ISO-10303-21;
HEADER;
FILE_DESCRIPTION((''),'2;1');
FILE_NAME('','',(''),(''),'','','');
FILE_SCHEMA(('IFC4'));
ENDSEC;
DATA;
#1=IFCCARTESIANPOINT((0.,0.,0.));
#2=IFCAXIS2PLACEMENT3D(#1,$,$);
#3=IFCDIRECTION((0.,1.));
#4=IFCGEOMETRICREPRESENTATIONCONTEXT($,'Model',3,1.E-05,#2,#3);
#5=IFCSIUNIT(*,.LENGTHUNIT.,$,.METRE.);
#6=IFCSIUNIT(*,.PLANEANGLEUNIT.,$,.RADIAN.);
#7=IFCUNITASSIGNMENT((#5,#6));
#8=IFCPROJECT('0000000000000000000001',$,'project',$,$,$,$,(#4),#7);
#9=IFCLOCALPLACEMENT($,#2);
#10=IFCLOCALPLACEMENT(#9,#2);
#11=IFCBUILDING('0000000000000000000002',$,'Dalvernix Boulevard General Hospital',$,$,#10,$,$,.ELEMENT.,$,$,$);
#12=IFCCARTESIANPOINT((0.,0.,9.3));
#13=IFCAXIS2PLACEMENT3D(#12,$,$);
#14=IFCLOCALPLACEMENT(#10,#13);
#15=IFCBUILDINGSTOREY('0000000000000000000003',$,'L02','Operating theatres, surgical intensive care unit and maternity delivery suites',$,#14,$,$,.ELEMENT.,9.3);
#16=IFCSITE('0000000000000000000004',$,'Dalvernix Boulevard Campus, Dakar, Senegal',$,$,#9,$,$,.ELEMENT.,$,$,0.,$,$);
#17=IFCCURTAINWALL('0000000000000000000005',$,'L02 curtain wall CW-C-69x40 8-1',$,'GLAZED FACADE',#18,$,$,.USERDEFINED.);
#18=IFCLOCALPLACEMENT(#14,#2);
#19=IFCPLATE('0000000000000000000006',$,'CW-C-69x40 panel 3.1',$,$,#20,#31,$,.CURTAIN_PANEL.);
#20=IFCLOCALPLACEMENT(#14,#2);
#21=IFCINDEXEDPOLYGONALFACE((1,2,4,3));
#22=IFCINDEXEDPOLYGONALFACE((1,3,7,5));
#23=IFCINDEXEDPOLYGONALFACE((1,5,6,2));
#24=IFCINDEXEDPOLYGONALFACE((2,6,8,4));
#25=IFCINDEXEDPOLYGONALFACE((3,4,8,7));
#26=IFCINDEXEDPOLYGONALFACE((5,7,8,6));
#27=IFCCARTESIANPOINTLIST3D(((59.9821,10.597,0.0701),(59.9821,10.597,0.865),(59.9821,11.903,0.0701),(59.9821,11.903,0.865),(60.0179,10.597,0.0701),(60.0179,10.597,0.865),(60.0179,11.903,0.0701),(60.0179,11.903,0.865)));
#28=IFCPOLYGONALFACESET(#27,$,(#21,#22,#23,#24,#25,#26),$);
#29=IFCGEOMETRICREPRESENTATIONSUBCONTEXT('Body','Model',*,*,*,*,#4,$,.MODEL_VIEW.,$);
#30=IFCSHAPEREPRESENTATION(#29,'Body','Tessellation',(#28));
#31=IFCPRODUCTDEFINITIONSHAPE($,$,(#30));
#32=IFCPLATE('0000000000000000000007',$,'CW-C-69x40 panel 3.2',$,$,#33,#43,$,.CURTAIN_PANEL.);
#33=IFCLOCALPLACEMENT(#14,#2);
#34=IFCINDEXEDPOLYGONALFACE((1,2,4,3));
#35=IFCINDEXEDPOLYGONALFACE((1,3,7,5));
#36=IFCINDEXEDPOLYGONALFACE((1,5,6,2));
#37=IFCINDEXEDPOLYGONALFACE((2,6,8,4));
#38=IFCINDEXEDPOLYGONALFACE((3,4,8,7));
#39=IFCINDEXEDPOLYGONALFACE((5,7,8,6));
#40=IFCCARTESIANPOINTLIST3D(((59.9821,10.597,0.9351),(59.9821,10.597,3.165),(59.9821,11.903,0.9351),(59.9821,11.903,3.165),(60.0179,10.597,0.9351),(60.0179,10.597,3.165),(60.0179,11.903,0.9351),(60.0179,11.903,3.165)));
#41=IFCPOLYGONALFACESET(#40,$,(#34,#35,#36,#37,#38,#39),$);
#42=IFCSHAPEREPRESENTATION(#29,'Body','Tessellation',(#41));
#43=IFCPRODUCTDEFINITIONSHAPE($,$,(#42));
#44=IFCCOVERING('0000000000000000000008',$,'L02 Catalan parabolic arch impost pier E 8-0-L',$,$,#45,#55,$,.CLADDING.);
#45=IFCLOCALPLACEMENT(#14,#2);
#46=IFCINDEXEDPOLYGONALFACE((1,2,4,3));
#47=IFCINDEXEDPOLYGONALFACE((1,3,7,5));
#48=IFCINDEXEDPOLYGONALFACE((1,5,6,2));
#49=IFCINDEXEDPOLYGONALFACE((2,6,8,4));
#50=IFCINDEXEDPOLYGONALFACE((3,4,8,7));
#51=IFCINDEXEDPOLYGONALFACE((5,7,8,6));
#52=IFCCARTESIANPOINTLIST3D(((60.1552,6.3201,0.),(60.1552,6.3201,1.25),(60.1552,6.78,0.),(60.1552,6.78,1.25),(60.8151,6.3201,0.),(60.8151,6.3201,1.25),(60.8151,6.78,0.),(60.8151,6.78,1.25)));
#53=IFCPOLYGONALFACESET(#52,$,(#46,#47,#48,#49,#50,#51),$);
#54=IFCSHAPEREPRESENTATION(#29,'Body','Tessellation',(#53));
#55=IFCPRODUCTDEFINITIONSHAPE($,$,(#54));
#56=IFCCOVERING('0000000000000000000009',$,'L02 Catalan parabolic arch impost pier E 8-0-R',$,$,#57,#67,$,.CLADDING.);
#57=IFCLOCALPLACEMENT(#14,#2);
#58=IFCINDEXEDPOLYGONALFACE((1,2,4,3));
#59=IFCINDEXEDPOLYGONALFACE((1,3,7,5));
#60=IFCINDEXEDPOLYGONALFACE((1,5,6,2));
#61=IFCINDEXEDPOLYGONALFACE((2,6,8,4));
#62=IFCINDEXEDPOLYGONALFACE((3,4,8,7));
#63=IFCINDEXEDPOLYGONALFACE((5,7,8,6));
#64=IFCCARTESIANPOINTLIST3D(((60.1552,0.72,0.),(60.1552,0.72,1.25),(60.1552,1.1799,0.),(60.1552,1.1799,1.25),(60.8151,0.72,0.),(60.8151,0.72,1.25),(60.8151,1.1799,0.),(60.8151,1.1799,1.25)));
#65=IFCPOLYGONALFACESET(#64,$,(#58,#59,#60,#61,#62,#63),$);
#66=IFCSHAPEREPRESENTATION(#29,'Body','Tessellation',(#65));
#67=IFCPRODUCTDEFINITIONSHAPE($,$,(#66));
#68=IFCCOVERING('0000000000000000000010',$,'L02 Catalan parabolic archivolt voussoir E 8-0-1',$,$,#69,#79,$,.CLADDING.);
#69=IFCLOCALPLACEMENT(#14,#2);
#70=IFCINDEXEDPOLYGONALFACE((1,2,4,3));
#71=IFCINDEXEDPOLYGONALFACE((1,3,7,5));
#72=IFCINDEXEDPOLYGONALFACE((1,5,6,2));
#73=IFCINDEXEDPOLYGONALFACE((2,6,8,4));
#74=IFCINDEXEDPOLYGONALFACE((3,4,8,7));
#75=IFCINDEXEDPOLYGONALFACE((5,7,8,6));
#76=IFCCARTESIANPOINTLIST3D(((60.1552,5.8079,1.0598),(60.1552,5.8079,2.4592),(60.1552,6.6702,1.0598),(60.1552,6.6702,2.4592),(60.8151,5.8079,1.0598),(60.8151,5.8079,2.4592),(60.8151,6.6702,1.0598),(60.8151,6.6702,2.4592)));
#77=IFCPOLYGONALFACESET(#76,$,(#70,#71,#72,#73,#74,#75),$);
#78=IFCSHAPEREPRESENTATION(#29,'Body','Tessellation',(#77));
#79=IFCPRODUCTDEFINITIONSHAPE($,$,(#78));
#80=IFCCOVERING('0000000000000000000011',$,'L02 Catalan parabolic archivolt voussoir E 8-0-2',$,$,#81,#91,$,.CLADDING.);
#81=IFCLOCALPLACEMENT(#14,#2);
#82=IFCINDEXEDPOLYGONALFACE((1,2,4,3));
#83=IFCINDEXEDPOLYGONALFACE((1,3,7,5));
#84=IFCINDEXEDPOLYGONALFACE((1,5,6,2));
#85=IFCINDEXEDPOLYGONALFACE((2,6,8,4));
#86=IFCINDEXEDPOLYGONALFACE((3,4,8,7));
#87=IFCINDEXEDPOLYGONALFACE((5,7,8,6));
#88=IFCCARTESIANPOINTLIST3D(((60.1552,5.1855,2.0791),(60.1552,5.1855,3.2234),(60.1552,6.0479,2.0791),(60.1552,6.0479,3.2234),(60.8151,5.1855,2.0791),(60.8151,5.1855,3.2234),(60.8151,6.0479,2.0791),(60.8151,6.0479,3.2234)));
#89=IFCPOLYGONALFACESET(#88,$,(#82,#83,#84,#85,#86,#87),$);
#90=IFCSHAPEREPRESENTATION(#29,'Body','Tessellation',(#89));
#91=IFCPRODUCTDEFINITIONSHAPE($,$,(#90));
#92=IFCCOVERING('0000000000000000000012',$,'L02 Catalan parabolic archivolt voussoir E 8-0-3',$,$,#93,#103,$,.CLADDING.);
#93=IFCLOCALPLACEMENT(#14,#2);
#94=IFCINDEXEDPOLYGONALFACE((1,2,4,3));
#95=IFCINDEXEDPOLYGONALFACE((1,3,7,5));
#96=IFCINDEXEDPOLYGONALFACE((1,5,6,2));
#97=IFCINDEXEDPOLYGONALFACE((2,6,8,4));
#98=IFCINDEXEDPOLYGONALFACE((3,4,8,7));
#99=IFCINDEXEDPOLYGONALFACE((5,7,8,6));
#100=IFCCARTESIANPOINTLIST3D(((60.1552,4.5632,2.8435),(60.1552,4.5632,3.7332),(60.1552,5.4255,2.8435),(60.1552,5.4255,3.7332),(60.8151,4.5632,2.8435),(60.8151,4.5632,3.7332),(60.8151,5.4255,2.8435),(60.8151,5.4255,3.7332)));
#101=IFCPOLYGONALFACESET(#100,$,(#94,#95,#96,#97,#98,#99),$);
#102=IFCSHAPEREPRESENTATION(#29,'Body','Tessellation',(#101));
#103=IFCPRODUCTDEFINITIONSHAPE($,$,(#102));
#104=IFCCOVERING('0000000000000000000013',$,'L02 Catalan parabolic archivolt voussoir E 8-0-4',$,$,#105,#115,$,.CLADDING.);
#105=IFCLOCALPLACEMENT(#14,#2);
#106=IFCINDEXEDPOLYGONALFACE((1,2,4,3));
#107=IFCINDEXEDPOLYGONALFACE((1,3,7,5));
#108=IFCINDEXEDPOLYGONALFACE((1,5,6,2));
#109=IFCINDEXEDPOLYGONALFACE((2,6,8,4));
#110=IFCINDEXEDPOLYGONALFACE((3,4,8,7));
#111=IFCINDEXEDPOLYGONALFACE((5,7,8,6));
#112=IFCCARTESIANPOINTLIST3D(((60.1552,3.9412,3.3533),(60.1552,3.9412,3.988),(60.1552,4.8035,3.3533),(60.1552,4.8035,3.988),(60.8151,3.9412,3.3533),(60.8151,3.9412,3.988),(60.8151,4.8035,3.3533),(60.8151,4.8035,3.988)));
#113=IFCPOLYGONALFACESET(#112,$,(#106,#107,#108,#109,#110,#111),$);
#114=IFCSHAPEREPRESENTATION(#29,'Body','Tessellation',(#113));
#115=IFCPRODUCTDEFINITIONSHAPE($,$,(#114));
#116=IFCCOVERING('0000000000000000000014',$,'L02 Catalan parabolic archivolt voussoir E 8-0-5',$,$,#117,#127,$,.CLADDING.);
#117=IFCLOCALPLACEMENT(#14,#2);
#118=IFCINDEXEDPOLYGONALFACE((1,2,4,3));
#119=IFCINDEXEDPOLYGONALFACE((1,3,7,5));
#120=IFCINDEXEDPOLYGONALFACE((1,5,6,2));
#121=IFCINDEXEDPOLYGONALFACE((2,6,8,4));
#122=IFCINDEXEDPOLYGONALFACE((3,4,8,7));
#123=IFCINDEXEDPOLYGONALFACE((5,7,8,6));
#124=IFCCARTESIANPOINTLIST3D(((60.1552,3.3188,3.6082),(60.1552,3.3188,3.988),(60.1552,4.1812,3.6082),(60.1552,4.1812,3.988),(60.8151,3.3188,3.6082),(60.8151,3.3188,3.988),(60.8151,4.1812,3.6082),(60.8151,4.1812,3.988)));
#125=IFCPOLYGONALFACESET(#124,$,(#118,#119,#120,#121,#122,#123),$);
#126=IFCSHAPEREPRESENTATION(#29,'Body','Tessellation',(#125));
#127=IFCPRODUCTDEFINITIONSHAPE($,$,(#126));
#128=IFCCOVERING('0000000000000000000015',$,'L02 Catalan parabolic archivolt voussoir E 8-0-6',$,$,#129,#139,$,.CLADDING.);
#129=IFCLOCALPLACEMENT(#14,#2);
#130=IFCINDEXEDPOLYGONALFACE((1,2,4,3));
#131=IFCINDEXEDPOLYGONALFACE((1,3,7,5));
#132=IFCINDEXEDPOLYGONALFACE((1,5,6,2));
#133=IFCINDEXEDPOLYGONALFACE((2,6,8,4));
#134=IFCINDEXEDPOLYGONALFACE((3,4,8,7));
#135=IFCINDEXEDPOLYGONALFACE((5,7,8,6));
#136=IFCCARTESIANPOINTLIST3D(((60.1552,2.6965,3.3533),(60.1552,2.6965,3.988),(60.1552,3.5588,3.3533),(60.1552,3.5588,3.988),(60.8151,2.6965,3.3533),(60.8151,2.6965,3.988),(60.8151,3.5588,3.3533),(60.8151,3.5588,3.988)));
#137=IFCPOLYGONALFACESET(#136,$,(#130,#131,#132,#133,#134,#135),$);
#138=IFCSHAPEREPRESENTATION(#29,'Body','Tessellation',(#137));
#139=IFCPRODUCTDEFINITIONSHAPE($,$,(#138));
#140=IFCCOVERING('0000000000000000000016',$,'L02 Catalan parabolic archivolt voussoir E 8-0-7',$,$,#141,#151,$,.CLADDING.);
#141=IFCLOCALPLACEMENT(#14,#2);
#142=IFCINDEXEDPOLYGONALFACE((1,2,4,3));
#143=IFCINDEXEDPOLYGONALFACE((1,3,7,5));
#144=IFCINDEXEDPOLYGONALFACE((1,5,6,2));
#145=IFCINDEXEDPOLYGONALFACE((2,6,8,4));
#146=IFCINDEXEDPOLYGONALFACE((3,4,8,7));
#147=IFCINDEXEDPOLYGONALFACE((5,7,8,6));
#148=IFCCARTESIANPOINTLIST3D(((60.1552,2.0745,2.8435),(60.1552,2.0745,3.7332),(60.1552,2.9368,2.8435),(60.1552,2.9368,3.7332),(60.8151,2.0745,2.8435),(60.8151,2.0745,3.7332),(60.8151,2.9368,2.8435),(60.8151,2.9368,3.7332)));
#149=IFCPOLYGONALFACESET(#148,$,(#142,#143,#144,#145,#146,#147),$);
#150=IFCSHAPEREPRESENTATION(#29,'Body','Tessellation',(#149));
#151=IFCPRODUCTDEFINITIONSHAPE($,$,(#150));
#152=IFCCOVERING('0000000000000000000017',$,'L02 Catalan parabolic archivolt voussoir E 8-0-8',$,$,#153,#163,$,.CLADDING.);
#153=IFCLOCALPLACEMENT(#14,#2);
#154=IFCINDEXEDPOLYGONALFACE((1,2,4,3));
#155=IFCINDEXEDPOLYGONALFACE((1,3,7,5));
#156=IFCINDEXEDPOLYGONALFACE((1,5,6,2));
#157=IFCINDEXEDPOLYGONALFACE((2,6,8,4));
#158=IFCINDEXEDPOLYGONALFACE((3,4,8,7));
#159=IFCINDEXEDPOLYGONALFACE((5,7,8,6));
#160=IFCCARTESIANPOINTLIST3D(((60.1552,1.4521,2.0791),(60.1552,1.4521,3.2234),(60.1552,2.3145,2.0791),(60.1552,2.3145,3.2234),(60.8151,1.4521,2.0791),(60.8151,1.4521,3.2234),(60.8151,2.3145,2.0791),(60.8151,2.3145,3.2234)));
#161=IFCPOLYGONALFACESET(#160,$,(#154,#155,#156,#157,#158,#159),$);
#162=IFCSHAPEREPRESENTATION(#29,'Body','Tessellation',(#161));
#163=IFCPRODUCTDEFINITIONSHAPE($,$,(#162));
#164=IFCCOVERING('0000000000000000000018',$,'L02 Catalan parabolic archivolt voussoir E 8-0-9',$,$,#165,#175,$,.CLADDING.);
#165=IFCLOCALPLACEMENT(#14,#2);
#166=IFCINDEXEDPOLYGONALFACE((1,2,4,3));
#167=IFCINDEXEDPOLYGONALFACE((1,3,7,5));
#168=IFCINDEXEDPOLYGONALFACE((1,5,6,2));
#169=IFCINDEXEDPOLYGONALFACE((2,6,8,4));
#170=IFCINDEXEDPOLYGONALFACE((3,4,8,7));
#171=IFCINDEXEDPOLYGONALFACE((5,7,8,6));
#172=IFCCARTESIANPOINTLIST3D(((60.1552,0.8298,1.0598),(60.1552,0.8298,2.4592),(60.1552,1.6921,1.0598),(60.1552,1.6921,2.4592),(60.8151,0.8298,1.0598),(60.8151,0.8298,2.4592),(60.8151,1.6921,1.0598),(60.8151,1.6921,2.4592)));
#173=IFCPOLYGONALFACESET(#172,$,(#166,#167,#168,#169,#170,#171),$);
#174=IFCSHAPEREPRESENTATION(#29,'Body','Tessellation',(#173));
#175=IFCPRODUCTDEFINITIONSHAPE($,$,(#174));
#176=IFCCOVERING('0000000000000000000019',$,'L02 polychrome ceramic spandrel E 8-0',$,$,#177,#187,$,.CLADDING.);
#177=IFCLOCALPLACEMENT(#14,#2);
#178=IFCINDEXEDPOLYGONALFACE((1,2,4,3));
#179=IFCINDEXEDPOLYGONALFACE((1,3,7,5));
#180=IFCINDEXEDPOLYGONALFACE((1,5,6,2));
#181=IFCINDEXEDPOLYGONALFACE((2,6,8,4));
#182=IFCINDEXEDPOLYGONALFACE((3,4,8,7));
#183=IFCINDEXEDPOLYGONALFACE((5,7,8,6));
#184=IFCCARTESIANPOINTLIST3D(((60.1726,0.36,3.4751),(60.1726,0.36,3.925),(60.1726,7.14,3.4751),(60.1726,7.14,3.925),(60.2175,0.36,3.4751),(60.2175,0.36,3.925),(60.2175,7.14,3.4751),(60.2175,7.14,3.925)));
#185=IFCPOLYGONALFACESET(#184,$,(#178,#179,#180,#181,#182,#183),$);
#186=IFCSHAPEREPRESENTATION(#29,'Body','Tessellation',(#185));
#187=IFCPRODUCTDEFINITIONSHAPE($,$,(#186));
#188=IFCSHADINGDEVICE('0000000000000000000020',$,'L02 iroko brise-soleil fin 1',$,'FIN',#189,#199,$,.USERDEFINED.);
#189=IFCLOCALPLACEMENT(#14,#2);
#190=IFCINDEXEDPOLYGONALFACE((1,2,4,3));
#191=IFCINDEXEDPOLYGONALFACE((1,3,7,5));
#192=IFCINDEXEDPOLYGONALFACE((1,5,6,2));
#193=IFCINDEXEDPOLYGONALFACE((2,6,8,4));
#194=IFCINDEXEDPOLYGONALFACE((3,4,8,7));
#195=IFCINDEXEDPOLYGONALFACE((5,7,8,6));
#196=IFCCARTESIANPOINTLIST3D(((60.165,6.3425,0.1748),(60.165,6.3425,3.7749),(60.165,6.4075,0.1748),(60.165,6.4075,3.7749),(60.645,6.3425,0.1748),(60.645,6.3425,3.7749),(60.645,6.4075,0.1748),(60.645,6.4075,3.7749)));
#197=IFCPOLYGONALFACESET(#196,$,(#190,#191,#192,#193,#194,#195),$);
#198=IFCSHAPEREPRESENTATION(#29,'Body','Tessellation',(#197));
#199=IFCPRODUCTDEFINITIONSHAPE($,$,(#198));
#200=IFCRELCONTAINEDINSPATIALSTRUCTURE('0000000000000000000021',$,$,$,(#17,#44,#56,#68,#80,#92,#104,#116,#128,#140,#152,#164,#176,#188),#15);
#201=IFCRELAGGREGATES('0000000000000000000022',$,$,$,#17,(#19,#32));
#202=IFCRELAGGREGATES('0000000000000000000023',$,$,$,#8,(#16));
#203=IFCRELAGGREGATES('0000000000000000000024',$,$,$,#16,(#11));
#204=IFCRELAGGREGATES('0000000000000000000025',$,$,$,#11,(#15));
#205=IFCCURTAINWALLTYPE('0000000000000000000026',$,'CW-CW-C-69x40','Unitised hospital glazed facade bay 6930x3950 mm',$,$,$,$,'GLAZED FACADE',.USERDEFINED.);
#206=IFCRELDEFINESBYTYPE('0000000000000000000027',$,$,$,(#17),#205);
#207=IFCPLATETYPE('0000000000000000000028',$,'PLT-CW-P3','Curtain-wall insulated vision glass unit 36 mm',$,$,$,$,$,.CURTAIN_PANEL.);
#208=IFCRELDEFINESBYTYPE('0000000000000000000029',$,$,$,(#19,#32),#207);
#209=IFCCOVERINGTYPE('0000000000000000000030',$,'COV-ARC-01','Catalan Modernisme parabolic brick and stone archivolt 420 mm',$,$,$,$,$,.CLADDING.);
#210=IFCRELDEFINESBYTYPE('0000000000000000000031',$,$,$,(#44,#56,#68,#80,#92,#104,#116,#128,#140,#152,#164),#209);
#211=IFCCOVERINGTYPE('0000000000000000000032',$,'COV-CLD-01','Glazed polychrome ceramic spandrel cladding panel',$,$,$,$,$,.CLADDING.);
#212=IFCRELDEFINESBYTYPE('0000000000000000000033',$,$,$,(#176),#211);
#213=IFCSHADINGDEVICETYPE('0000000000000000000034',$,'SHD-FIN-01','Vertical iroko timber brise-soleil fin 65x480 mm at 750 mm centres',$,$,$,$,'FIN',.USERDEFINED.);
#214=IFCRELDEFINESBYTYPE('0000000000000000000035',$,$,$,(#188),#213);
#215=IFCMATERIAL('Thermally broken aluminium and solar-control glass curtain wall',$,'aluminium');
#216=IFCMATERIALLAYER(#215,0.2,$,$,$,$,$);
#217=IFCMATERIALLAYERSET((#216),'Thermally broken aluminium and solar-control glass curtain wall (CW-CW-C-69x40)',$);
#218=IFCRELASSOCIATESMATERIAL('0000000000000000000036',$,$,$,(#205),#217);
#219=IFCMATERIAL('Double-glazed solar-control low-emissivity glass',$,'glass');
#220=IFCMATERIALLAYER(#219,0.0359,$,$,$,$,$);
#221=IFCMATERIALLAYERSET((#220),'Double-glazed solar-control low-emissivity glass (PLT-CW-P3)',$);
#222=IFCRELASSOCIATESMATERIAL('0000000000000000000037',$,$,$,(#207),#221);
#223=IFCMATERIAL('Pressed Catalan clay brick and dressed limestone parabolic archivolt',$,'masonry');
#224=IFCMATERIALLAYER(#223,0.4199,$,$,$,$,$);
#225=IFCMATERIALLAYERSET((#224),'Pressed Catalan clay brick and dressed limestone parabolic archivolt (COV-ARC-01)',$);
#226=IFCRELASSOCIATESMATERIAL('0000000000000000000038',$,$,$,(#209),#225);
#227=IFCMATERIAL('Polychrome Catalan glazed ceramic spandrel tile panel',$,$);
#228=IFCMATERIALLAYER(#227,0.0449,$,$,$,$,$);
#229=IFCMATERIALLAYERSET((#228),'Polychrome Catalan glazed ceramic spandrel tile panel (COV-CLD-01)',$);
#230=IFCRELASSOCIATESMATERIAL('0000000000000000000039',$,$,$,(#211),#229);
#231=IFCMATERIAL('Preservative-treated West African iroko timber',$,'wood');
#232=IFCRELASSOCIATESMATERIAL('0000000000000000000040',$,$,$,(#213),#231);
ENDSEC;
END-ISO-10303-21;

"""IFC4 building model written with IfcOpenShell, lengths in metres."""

from ifc_helpers import new_model, si_unit, direction, frame, origin, origin_2d, place, context, subcontext, project, spatial, rectangle, extrude, material, layer, layer_set, type_object, element, aggregate, save


model = new_model("IFC4")

# Units and contexts
model_context = context("Model", 3, precision=1e-05, world=origin(), true_north=direction((0.0, 1.0)))
body_context = subcontext(model_context, "Body", "Model", "MODEL_VIEW")
ifc_project = project(units=[si_unit("LENGTHUNIT", "METRE"), si_unit("PLANEANGLEUNIT", "RADIAN")], contexts=[model_context])

# Site, building, storey
site_placement = place(None, origin())
site = spatial("IfcSite", under=ifc_project, at=site_placement, Name="Dalvernix Boulevard Campus, Dakar, Senegal", CompositionType="ELEMENT", RefElevation=0.0)
building_placement = place(site_placement, origin())
building = spatial("IfcBuilding", under=site, at=building_placement, Name="Dalvernix Boulevard General Hospital", CompositionType="ELEMENT")
storey_placement = place(building_placement, frame((0.0, 0.0, 9.3)))
storey = spatial("IfcBuildingStorey", under=building, at=storey_placement, Name="L02", Description="Operating theatres, surgical intensive care unit and maternity delivery suites", CompositionType="ELEMENT", Elevation=9.3)

# Curtain wall, plates
ifc_material_1 = material(Name="Thermally broken aluminium and solar-control glass curtain wall", Category="aluminium")
ifc_layer_1 = layer(ifc_material_1, 0.2)
ifc_layer_set_1 = layer_set([ifc_layer_1], Name="Thermally broken aluminium and solar-control glass curtain wall (CW-CW-C-69x40)")
curtain_wall_type = type_object("IfcCurtainWallType", Name="CW-CW-C-69x40", Description="Unitised hospital glazed facade bay 6930x3950 mm", ElementType="GLAZED FACADE", PredefinedType="USERDEFINED", material=ifc_layer_set_1)
curtain_wall_placement = place(storey_placement, origin())
curtain_wall = element("IfcCurtainWall", 1, at=curtain_wall_placement, inside=storey, type_object=curtain_wall_type, Name="L02 curtain wall CW-C-69x40 8-1", ObjectType="GLAZED FACADE", PredefinedType="USERDEFINED")
ifc_material_2 = material(Name="Double-glazed solar-control low-emissivity glass", Category="glass")
ifc_layer_2 = layer(ifc_material_2, 0.0359)
ifc_layer_set_2 = layer_set([ifc_layer_2], Name="Double-glazed solar-control low-emissivity glass (PLT-CW-P3)")
plate_type = type_object("IfcPlateType", Name="PLT-CW-P3", Description="Curtain-wall insulated vision glass unit 36 mm", PredefinedType="CURTAIN_PANEL", material=ifc_layer_set_2)
plate_1_placement = place(storey_placement, frame((60.0, 11.25, 0.0701), z_axis=(0.0, 0.0, 1.0), x_axis=(0.0, -1.0, 0.0)))
plate_1 = element("IfcPlate", 2, at=plate_1_placement, type_object=plate_type, Name="CW-C-69x40 panel 3.1", PredefinedType="CURTAIN_PANEL", context=body_context, shape_type="SweptSolid", body=[
    extrude(rectangle(XDim=1.3059, YDim=0.0359, at=origin_2d()), origin(), (0.0, 0.0, 1.0), 0.7949),
])
plate_2_placement = place(storey_placement, frame((60.0, 11.25, 0.9351), z_axis=(0.0, 0.0, 1.0), x_axis=(0.0, -1.0, 0.0)))
plate_2 = element("IfcPlate", 3, at=plate_2_placement, type_object=plate_type, Name="CW-C-69x40 panel 3.2", PredefinedType="CURTAIN_PANEL", context=body_context, shape_type="SweptSolid", body=[
    extrude(rectangle(XDim=1.3059, YDim=0.0359, at=origin_2d()), origin(), (0.0, 0.0, 1.0), 2.23),
])
aggregate(curtain_wall, [plate_1, plate_2])

# Coverings
ifc_material_3 = material(Name="Pressed Catalan clay brick and dressed limestone parabolic archivolt", Category="masonry")
ifc_layer_3 = layer(ifc_material_3, 0.4199)
ifc_layer_set_3 = layer_set([ifc_layer_3], Name="Pressed Catalan clay brick and dressed limestone parabolic archivolt (COV-ARC-01)")
covering_type_1 = type_object("IfcCoveringType", Name="COV-ARC-01", Description="Catalan Modernisme parabolic brick and stone archivolt 420 mm", PredefinedType="CLADDING", material=ifc_layer_set_3)
for number, where, z_axis, x_axis, name in (
    (4, (60.4851, 6.55, 0.0), (0.0, 0.0, 1.0), (0.0, -1.0, 0.0), "L02 Catalan parabolic arch impost pier E 8-0-L"),
    (5, (60.4851, 0.95, 0.0), (0.0, 0.0, 1.0), (0.0, -1.0, 0.0), "L02 Catalan parabolic arch impost pier E 8-0-R"),
):
    element("IfcCovering", number, at=place(storey_placement, frame(where, z_axis=z_axis, x_axis=x_axis)), inside=storey, type_object=covering_type_1, Name=name, PredefinedType="CLADDING", context=body_context, shape_type="SweptSolid", body=[
        extrude(rectangle(XDim=0.46, YDim=0.6599, at=origin_2d()), origin(), (0.0, 0.0, 1.0), 1.25),
    ])
covering_1_placement = place(storey_placement, frame((60.4851, 6.239, 1.0598), z_axis=(0.0, 0.0, 1.0), x_axis=(0.0, -1.0, 0.0)))
element("IfcCovering", 6, at=covering_1_placement, inside=storey, type_object=covering_type_1, Name="L02 Catalan parabolic archivolt voussoir E 8-0-1", PredefinedType="CLADDING", context=body_context, shape_type="SweptSolid", body=[
    extrude(rectangle(XDim=0.8623, YDim=0.6599, at=origin_2d()), origin(), (0.0, 0.0, 1.0), 1.3994),
])
covering_2_placement = place(storey_placement, frame((60.4851, 5.6167, 2.0791), z_axis=(0.0, 0.0, 1.0), x_axis=(0.0, -1.0, 0.0)))
element("IfcCovering", 7, at=covering_2_placement, inside=storey, type_object=covering_type_1, Name="L02 Catalan parabolic archivolt voussoir E 8-0-2", PredefinedType="CLADDING", context=body_context, shape_type="SweptSolid", body=[
    extrude(rectangle(XDim=0.8623, YDim=0.6599, at=origin_2d()), origin(), (0.0, 0.0, 1.0), 1.1443),
])
covering_3_placement = place(storey_placement, frame((60.4851, 4.9944, 2.8435), z_axis=(0.0, 0.0, 1.0), x_axis=(0.0, -1.0, 0.0)))
element("IfcCovering", 8, at=covering_3_placement, inside=storey, type_object=covering_type_1, Name="L02 Catalan parabolic archivolt voussoir E 8-0-3", PredefinedType="CLADDING", context=body_context, shape_type="SweptSolid", body=[
    extrude(rectangle(XDim=0.8623, YDim=0.6599, at=origin_2d()), origin(), (0.0, 0.0, 1.0), 0.8896),
])
covering_4_placement = place(storey_placement, frame((60.4851, 4.3723, 3.3533), z_axis=(0.0, 0.0, 1.0), x_axis=(0.0, -1.0, 0.0)))
element("IfcCovering", 9, at=covering_4_placement, inside=storey, type_object=covering_type_1, Name="L02 Catalan parabolic archivolt voussoir E 8-0-4", PredefinedType="CLADDING", context=body_context, shape_type="SweptSolid", body=[
    extrude(rectangle(XDim=0.8623, YDim=0.6599, at=origin_2d()), origin(), (0.0, 0.0, 1.0), 0.6348),
])
covering_5_placement = place(storey_placement, frame((60.4851, 3.75, 3.6082), z_axis=(0.0, 0.0, 1.0), x_axis=(0.0, -1.0, 0.0)))
element("IfcCovering", 10, at=covering_5_placement, inside=storey, type_object=covering_type_1, Name="L02 Catalan parabolic archivolt voussoir E 8-0-5", PredefinedType="CLADDING", context=body_context, shape_type="SweptSolid", body=[
    extrude(rectangle(XDim=0.8623, YDim=0.6599, at=origin_2d()), origin(), (0.0, 0.0, 1.0), 0.3799),
])
covering_6_placement = place(storey_placement, frame((60.4851, 3.1277, 3.3533), z_axis=(0.0, 0.0, 1.0), x_axis=(0.0, -1.0, 0.0)))
element("IfcCovering", 11, at=covering_6_placement, inside=storey, type_object=covering_type_1, Name="L02 Catalan parabolic archivolt voussoir E 8-0-6", PredefinedType="CLADDING", context=body_context, shape_type="SweptSolid", body=[
    extrude(rectangle(XDim=0.8623, YDim=0.6599, at=origin_2d()), origin(), (0.0, 0.0, 1.0), 0.6348),
])
covering_7_placement = place(storey_placement, frame((60.4851, 2.5056, 2.8435), z_axis=(0.0, 0.0, 1.0), x_axis=(0.0, -1.0, 0.0)))
element("IfcCovering", 12, at=covering_7_placement, inside=storey, type_object=covering_type_1, Name="L02 Catalan parabolic archivolt voussoir E 8-0-7", PredefinedType="CLADDING", context=body_context, shape_type="SweptSolid", body=[
    extrude(rectangle(XDim=0.8623, YDim=0.6599, at=origin_2d()), origin(), (0.0, 0.0, 1.0), 0.8896),
])
covering_8_placement = place(storey_placement, frame((60.4851, 1.8833, 2.0791), z_axis=(0.0, 0.0, 1.0), x_axis=(0.0, -1.0, 0.0)))
element("IfcCovering", 13, at=covering_8_placement, inside=storey, type_object=covering_type_1, Name="L02 Catalan parabolic archivolt voussoir E 8-0-8", PredefinedType="CLADDING", context=body_context, shape_type="SweptSolid", body=[
    extrude(rectangle(XDim=0.8623, YDim=0.6599, at=origin_2d()), origin(), (0.0, 0.0, 1.0), 1.1443),
])
covering_9_placement = place(storey_placement, frame((60.4851, 1.261, 1.0598), z_axis=(0.0, 0.0, 1.0), x_axis=(0.0, -1.0, 0.0)))
element("IfcCovering", 14, at=covering_9_placement, inside=storey, type_object=covering_type_1, Name="L02 Catalan parabolic archivolt voussoir E 8-0-9", PredefinedType="CLADDING", context=body_context, shape_type="SweptSolid", body=[
    extrude(rectangle(XDim=0.8623, YDim=0.6599, at=origin_2d()), origin(), (0.0, 0.0, 1.0), 1.3994),
])
ifc_material_4 = material(Name="Polychrome Catalan glazed ceramic spandrel tile panel")
ifc_layer_4 = layer(ifc_material_4, 0.0449)
ifc_layer_set_4 = layer_set([ifc_layer_4], Name="Polychrome Catalan glazed ceramic spandrel tile panel (COV-CLD-01)")
covering_type_2 = type_object("IfcCoveringType", Name="COV-CLD-01", Description="Glazed polychrome ceramic spandrel cladding panel", PredefinedType="CLADDING", material=ifc_layer_set_4)
covering_10_placement = place(storey_placement, frame((60.1951, 3.75, 3.4751), z_axis=(0.0, 0.0, 1.0), x_axis=(0.0, -1.0, 0.0)))
element("IfcCovering", 15, at=covering_10_placement, inside=storey, type_object=covering_type_2, Name="L02 polychrome ceramic spandrel E 8-0", PredefinedType="CLADDING", context=body_context, shape_type="SweptSolid", body=[
    extrude(rectangle(XDim=6.78, YDim=0.0449, at=origin_2d()), origin(), (0.0, 0.0, 1.0), 0.45),
])

# Shading device
ifc_material_5 = material(Name="Preservative-treated West African iroko timber", Category="wood")
shading_device_type = type_object("IfcShadingDeviceType", Name="SHD-FIN-01", Description="Vertical iroko timber brise-soleil fin 65x480 mm at 750 mm centres", ElementType="FIN", PredefinedType="USERDEFINED", material=ifc_material_5)
for number, where, z_axis, x_axis, name in (
    (16, (60.405, 6.375, 0.1748), (0.0, 0.0, 1.0), (0.0, -1.0, 0.0), "L02 iroko brise-soleil fin 1"),
):
    element("IfcShadingDevice", number, at=place(storey_placement, frame(where, z_axis=z_axis, x_axis=x_axis)), inside=storey, type_object=shading_device_type, Name=name, ObjectType="FIN", PredefinedType="USERDEFINED", context=body_context, shape_type="SweptSolid", body=[
        extrude(rectangle(XDim=0.0649, YDim=0.48, at=origin_2d()), origin(), (0.0, 0.0, 1.0), 3.6001),
    ])

save(model, "model.ifc")
